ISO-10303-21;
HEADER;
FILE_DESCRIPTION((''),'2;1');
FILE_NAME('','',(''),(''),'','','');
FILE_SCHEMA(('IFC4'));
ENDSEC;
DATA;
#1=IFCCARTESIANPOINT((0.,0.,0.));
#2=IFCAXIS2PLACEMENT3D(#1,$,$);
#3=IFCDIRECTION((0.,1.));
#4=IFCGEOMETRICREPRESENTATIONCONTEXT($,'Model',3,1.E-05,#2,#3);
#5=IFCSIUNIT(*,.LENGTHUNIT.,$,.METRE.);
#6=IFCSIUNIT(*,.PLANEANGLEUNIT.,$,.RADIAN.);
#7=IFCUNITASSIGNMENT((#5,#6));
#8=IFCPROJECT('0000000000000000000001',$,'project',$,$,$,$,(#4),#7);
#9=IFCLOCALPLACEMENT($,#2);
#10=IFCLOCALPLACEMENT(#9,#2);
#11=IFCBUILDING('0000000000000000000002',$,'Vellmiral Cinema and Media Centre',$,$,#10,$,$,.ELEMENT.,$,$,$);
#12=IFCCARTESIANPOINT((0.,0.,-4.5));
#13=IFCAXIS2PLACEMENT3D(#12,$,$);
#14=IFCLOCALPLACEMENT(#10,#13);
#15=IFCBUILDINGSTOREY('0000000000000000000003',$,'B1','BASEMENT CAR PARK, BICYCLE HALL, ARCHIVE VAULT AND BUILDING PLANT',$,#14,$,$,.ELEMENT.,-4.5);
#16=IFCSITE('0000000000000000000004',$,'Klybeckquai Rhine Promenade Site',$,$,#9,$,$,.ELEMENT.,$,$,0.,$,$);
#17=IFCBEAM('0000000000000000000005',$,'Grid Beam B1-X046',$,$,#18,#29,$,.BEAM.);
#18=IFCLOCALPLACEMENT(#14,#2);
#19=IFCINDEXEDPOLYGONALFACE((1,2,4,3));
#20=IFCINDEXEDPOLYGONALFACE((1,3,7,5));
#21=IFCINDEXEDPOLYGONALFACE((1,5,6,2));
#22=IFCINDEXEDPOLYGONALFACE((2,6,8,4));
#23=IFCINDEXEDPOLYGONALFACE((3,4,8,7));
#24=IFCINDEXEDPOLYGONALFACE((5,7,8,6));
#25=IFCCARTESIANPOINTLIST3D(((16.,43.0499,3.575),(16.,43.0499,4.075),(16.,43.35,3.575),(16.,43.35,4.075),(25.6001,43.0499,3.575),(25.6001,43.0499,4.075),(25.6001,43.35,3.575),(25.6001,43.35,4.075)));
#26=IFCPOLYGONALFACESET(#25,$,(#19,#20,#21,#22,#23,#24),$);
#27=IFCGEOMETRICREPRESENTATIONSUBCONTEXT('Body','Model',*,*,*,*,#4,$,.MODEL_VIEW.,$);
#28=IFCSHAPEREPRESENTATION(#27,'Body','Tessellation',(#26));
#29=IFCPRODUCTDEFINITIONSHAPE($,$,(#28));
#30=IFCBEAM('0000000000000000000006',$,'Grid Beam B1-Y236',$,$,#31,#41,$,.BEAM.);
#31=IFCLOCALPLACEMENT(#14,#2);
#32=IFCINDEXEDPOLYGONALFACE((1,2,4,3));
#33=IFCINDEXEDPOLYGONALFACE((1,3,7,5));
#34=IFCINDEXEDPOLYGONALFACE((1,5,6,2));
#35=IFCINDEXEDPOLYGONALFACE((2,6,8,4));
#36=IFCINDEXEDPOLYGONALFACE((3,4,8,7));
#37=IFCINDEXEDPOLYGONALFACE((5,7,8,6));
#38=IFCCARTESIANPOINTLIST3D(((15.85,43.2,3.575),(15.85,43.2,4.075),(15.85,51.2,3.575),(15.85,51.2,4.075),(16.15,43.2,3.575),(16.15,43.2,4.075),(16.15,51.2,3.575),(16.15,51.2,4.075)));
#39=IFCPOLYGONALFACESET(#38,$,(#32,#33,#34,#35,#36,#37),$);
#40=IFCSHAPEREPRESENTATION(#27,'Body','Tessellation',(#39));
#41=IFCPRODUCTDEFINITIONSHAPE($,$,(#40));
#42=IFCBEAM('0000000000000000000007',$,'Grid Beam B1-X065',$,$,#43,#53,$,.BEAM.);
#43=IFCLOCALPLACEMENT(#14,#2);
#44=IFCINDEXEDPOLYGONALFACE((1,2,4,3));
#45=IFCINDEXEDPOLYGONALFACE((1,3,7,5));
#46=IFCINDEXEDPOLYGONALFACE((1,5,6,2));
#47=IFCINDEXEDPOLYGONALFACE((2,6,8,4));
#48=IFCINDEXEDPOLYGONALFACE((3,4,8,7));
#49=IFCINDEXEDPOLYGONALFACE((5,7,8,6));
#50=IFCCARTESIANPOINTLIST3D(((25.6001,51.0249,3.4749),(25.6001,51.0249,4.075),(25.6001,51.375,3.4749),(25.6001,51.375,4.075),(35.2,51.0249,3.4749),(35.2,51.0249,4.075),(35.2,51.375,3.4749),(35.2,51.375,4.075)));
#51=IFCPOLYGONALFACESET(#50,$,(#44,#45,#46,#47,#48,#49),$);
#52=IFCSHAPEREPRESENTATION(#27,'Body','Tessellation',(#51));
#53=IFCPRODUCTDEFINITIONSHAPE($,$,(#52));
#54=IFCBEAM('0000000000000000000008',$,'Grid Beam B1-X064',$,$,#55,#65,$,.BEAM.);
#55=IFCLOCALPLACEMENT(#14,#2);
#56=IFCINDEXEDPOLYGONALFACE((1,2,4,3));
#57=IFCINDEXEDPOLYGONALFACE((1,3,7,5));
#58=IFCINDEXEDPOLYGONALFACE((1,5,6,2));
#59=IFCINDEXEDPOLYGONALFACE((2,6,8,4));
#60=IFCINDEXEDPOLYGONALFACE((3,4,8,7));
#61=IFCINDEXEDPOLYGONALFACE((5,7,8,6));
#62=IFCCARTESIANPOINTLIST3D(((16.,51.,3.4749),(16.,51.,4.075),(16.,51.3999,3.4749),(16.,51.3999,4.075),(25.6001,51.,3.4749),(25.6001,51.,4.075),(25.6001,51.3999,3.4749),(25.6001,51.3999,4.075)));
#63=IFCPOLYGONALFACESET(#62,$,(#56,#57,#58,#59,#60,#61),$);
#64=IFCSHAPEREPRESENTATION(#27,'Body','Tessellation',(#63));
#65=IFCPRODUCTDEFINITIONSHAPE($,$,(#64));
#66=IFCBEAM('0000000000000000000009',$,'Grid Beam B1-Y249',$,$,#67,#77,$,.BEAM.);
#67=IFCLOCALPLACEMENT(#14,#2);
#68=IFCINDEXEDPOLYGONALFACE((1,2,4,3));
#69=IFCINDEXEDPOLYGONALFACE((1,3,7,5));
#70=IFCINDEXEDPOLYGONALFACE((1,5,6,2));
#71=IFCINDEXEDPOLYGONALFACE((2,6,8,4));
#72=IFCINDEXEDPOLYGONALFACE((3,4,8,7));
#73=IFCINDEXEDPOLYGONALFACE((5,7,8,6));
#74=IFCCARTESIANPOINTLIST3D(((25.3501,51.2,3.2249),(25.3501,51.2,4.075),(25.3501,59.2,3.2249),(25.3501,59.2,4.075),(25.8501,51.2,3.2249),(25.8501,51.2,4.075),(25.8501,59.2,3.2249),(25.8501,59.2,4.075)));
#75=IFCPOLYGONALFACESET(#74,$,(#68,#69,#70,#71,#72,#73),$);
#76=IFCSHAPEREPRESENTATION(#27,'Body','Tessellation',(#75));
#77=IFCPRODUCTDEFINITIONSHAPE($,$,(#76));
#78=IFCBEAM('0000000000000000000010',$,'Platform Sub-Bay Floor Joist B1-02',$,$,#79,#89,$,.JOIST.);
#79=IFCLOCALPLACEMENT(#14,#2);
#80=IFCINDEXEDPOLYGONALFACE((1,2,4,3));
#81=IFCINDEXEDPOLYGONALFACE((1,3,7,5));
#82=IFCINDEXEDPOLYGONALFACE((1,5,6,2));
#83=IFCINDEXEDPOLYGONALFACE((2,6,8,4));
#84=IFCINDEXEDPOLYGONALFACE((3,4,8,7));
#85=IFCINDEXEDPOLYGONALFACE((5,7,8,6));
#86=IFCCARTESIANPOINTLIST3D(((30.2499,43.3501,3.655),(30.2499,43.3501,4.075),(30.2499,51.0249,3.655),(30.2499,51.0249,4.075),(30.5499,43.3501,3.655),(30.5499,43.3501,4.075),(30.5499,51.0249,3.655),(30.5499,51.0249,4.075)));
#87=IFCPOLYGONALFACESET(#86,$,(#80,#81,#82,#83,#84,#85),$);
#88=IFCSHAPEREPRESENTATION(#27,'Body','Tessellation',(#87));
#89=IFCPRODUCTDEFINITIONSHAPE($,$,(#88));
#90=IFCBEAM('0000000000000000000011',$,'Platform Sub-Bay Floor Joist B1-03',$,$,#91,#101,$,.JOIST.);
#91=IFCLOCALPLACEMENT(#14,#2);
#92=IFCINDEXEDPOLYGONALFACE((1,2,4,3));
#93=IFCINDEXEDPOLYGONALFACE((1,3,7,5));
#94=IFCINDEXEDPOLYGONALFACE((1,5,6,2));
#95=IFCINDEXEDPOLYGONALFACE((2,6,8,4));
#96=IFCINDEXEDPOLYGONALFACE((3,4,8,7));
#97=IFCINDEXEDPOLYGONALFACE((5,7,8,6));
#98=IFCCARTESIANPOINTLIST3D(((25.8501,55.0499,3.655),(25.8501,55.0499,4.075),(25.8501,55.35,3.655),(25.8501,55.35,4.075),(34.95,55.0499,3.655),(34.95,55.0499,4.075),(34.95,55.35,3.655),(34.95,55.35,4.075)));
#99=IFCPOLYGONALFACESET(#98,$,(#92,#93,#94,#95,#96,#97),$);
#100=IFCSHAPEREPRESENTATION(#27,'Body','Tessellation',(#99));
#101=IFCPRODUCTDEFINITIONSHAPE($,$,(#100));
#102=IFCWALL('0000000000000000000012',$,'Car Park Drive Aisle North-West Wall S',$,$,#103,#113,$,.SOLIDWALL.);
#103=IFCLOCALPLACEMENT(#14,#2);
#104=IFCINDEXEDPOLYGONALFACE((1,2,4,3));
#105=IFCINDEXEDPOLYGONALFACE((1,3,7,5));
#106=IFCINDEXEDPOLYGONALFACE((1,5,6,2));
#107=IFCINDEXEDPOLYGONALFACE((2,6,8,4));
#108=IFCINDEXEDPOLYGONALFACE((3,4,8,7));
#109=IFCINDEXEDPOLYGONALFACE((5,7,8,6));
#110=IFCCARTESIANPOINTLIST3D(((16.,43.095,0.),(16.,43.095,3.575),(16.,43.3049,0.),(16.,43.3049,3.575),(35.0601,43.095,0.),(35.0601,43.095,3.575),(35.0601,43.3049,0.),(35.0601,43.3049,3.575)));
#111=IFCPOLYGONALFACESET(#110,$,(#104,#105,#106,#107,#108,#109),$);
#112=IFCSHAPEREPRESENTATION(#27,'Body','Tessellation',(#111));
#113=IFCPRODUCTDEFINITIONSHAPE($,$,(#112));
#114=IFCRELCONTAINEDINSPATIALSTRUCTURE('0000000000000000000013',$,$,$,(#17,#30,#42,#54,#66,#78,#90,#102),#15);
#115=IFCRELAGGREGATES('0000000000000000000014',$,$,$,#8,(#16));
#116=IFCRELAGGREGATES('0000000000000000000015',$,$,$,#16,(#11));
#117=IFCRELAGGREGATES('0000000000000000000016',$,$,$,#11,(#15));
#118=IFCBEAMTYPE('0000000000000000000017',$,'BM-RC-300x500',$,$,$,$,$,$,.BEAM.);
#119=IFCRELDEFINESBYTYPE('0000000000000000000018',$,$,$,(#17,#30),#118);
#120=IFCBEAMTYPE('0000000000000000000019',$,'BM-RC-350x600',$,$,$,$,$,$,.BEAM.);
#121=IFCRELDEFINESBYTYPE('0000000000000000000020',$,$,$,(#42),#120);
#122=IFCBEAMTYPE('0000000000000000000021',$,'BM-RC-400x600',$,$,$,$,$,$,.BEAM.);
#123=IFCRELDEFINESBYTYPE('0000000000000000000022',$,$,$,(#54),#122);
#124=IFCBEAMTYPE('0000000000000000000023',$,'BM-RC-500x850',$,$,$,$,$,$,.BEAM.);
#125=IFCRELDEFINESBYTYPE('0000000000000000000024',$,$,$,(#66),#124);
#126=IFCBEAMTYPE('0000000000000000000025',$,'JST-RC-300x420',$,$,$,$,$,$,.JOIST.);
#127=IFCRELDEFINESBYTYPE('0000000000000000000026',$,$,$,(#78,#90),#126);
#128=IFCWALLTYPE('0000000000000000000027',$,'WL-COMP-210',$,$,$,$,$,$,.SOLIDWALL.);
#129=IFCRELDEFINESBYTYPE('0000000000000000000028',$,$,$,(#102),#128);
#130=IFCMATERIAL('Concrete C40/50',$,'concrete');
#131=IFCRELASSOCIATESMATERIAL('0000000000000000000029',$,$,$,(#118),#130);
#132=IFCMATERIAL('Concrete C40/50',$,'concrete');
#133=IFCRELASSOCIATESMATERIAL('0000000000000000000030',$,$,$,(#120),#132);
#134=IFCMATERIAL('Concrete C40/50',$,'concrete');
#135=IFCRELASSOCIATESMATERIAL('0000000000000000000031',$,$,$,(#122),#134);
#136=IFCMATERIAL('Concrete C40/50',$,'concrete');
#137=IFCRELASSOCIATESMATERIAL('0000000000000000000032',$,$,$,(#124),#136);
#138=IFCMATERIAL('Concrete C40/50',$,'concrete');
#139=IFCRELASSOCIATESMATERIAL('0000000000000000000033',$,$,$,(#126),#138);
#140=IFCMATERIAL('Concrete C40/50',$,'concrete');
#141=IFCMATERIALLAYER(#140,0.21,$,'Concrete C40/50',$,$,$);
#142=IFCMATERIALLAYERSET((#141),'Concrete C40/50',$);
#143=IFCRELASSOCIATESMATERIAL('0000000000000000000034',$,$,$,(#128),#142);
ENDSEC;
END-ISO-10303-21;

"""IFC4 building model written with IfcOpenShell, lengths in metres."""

from ifc_helpers import new_model, si_unit, direction, frame, frame_2d, origin, origin_2d, place, context, subcontext, project, spatial, rectangle, extrude, material, layer, layer_set, material_profile, profile_set, type_object, element, save


model = new_model("IFC4")

# Units and contexts
model_context = context("Model", 3, precision=1e-05, world=origin(), true_north=direction((0.0, 1.0)))
body_context = subcontext(model_context, "Body", "Model", "MODEL_VIEW")
ifc_project = project(units=[si_unit("LENGTHUNIT", "METRE"), si_unit("PLANEANGLEUNIT", "RADIAN")], contexts=[model_context])

# Site, building, storey
site_placement = place(None, origin())
site = spatial("IfcSite", under=ifc_project, at=site_placement, Name="Klybeckquai Rhine Promenade Site", CompositionType="ELEMENT", RefElevation=0.0)
building_placement = place(site_placement, origin())
building = spatial("IfcBuilding", under=site, at=building_placement, Name="Vellmiral Cinema and Media Centre", CompositionType="ELEMENT")
storey_placement = place(building_placement, frame((0.0, 0.0, -4.5)))
storey = spatial("IfcBuildingStorey", under=building, at=storey_placement, Name="B1", Description="BASEMENT CAR PARK, BICYCLE HALL, ARCHIVE VAULT AND BUILDING PLANT", CompositionType="ELEMENT", Elevation=-4.5)

# Beams
ifc_material_1 = material(Name="Concrete C40/50", Category="concrete")
ifc_material_profile_1 = material_profile(ifc_material_1, rectangle(XDim=0.3, YDim=0.5, at=origin_2d()), Name="RC 300x500")
ifc_profile_set_1 = profile_set([ifc_material_profile_1], Name="Concrete C40/50")
beam_type_1 = type_object("IfcBeamType", Name="BM-RC-300x500", PredefinedType="BEAM", material=ifc_profile_set_1)
beam_1_placement = place(storey_placement, frame((16.0, 43.2, 3.825), z_axis=(1.0, 0.0, 0.0), x_axis=(0.0, 1.0, 0.0)))
element("IfcBeam", 1, at=beam_1_placement, inside=storey, type_object=beam_type_1, Name="Grid Beam B1-X046", PredefinedType="BEAM", context=body_context, shape_type="SweptSolid", body=[
    extrude(rectangle(XDim=0.3, YDim=0.5, at=origin_2d()), origin(), (0.0, 0.0, 1.0), 9.6001),
])
beam_2_placement = place(storey_placement, frame((16.0, 43.2, 3.825), z_axis=(0.0, 1.0, 0.0), x_axis=(-1.0, 0.0, 0.0)))
element("IfcBeam", 2, at=beam_2_placement, inside=storey, type_object=beam_type_1, Name="Grid Beam B1-Y236", PredefinedType="BEAM", context=body_context, shape_type="SweptSolid", body=[
    extrude(rectangle(XDim=0.3, YDim=0.5, at=origin_2d()), origin(), (0.0, 0.0, 1.0), 8.0),
])
ifc_material_2 = material(Name="Concrete C40/50", Category="concrete")
ifc_material_profile_2 = material_profile(ifc_material_2, rectangle(XDim=0.3501, YDim=0.6001, at=origin_2d()), Name="RC 350x600")
ifc_profile_set_2 = profile_set([ifc_material_profile_2], Name="Concrete C40/50")
beam_type_2 = type_object("IfcBeamType", Name="BM-RC-350x600", PredefinedType="BEAM", material=ifc_profile_set_2)
beam_3_placement = place(storey_placement, frame((25.6001, 51.2, 3.7749), z_axis=(1.0, 0.0, 0.0), x_axis=(0.0, 1.0, 0.0)))
element("IfcBeam", 3, at=beam_3_placement, inside=storey, type_object=beam_type_2, Name="Grid Beam B1-X065", PredefinedType="BEAM", context=body_context, shape_type="SweptSolid", body=[
    extrude(rectangle(XDim=0.3501, YDim=0.6001, at=origin_2d()), origin(), (0.0, 0.0, 1.0), 9.5999),
])
ifc_material_3 = material(Name="Concrete C40/50", Category="concrete")
ifc_material_profile_3 = material_profile(ifc_material_3, rectangle(XDim=0.3999, YDim=0.6001, at=origin_2d()), Name="RC 400x600")
ifc_profile_set_3 = profile_set([ifc_material_profile_3], Name="Concrete C40/50")
beam_type_3 = type_object("IfcBeamType", Name="BM-RC-400x600", PredefinedType="BEAM", material=ifc_profile_set_3)
beam_4_placement = place(storey_placement, frame((16.0, 51.2, 3.7749), z_axis=(1.0, 0.0, 0.0), x_axis=(0.0, 1.0, 0.0)))
element("IfcBeam", 4, at=beam_4_placement, inside=storey, type_object=beam_type_3, Name="Grid Beam B1-X064", PredefinedType="BEAM", context=body_context, shape_type="SweptSolid", body=[
    extrude(rectangle(XDim=0.3999, YDim=0.6001, at=origin_2d()), origin(), (0.0, 0.0, 1.0), 9.6001),
])
ifc_material_4 = material(Name="Concrete C40/50", Category="concrete")
ifc_material_profile_4 = material_profile(ifc_material_4, rectangle(XDim=0.5, YDim=0.8501, at=origin_2d()), Name="RC 500x850")
ifc_profile_set_4 = profile_set([ifc_material_profile_4], Name="Concrete C40/50")
beam_type_4 = type_object("IfcBeamType", Name="BM-RC-500x850", PredefinedType="BEAM", material=ifc_profile_set_4)
beam_5_placement = place(storey_placement, frame((25.6001, 51.2, 3.6499), z_axis=(0.0, 1.0, 0.0), x_axis=(-1.0, 0.0, 0.0)))
element("IfcBeam", 5, at=beam_5_placement, inside=storey, type_object=beam_type_4, Name="Grid Beam B1-Y249", PredefinedType="BEAM", context=body_context, shape_type="SweptSolid", body=[
    extrude(rectangle(XDim=0.5, YDim=0.8501, at=origin_2d()), origin(), (0.0, 0.0, 1.0), 8.0),
])
ifc_material_5 = material(Name="Concrete C40/50", Category="concrete")
ifc_material_profile_5 = material_profile(ifc_material_5, rectangle(XDim=0.3, YDim=0.4199, at=origin_2d()), Name="RC 300x420")
ifc_profile_set_5 = profile_set([ifc_material_profile_5], Name="Concrete C40/50")
beam_type_5 = type_object("IfcBeamType", Name="JST-RC-300x420", PredefinedType="JOIST", material=ifc_profile_set_5)
beam_6_placement = place(storey_placement, frame((30.3999, 43.3501, 3.865), z_axis=(0.0, 1.0, 0.0), x_axis=(-1.0, 0.0, 0.0)))
element("IfcBeam", 6, at=beam_6_placement, inside=storey, type_object=beam_type_5, Name="Platform Sub-Bay Floor Joist B1-02", PredefinedType="JOIST", context=body_context, shape_type="SweptSolid", body=[
    extrude(rectangle(XDim=0.3, YDim=0.4199, at=origin_2d()), origin(), (0.0, 0.0, 1.0), 7.6748),
])
beam_7_placement = place(storey_placement, frame((25.8501, 55.2, 3.865), z_axis=(1.0, 0.0, 0.0), x_axis=(0.0, 1.0, 0.0)))
element("IfcBeam", 7, at=beam_7_placement, inside=storey, type_object=beam_type_5, Name="Platform Sub-Bay Floor Joist B1-03", PredefinedType="JOIST", context=body_context, shape_type="SweptSolid", body=[
    extrude(rectangle(XDim=0.3, YDim=0.4199, at=origin_2d()), origin(), (0.0, 0.0, 1.0), 9.0999),
])

# Wall
ifc_material_6 = material(Name="Concrete C40/50", Category="concrete")
ifc_layer = layer(ifc_material_6, 0.21, Name="Concrete C40/50")
ifc_layer_set = layer_set([ifc_layer], Name="Concrete C40/50")
wall_type = type_object("IfcWallType", Name="WL-COMP-210", PredefinedType="SOLIDWALL", material=ifc_layer_set)
wall_placement = place(storey_placement, frame((16.0, 43.2, 0.0), z_axis=(0.0, 0.0, 1.0), x_axis=(1.0, 0.0, 0.0)))
element("IfcWall", 8, at=wall_placement, inside=storey, type_object=wall_type, Name="Car Park Drive Aisle North-West Wall S", PredefinedType="SOLIDWALL", context=body_context, shape_type="SweptSolid", body=[
    extrude(rectangle(XDim=19.0601, YDim=0.21, at=frame_2d((9.53, 0.0))), origin(), (0.0, 0.0, 1.0), 3.575),
])

save(model, "model.ifc")
